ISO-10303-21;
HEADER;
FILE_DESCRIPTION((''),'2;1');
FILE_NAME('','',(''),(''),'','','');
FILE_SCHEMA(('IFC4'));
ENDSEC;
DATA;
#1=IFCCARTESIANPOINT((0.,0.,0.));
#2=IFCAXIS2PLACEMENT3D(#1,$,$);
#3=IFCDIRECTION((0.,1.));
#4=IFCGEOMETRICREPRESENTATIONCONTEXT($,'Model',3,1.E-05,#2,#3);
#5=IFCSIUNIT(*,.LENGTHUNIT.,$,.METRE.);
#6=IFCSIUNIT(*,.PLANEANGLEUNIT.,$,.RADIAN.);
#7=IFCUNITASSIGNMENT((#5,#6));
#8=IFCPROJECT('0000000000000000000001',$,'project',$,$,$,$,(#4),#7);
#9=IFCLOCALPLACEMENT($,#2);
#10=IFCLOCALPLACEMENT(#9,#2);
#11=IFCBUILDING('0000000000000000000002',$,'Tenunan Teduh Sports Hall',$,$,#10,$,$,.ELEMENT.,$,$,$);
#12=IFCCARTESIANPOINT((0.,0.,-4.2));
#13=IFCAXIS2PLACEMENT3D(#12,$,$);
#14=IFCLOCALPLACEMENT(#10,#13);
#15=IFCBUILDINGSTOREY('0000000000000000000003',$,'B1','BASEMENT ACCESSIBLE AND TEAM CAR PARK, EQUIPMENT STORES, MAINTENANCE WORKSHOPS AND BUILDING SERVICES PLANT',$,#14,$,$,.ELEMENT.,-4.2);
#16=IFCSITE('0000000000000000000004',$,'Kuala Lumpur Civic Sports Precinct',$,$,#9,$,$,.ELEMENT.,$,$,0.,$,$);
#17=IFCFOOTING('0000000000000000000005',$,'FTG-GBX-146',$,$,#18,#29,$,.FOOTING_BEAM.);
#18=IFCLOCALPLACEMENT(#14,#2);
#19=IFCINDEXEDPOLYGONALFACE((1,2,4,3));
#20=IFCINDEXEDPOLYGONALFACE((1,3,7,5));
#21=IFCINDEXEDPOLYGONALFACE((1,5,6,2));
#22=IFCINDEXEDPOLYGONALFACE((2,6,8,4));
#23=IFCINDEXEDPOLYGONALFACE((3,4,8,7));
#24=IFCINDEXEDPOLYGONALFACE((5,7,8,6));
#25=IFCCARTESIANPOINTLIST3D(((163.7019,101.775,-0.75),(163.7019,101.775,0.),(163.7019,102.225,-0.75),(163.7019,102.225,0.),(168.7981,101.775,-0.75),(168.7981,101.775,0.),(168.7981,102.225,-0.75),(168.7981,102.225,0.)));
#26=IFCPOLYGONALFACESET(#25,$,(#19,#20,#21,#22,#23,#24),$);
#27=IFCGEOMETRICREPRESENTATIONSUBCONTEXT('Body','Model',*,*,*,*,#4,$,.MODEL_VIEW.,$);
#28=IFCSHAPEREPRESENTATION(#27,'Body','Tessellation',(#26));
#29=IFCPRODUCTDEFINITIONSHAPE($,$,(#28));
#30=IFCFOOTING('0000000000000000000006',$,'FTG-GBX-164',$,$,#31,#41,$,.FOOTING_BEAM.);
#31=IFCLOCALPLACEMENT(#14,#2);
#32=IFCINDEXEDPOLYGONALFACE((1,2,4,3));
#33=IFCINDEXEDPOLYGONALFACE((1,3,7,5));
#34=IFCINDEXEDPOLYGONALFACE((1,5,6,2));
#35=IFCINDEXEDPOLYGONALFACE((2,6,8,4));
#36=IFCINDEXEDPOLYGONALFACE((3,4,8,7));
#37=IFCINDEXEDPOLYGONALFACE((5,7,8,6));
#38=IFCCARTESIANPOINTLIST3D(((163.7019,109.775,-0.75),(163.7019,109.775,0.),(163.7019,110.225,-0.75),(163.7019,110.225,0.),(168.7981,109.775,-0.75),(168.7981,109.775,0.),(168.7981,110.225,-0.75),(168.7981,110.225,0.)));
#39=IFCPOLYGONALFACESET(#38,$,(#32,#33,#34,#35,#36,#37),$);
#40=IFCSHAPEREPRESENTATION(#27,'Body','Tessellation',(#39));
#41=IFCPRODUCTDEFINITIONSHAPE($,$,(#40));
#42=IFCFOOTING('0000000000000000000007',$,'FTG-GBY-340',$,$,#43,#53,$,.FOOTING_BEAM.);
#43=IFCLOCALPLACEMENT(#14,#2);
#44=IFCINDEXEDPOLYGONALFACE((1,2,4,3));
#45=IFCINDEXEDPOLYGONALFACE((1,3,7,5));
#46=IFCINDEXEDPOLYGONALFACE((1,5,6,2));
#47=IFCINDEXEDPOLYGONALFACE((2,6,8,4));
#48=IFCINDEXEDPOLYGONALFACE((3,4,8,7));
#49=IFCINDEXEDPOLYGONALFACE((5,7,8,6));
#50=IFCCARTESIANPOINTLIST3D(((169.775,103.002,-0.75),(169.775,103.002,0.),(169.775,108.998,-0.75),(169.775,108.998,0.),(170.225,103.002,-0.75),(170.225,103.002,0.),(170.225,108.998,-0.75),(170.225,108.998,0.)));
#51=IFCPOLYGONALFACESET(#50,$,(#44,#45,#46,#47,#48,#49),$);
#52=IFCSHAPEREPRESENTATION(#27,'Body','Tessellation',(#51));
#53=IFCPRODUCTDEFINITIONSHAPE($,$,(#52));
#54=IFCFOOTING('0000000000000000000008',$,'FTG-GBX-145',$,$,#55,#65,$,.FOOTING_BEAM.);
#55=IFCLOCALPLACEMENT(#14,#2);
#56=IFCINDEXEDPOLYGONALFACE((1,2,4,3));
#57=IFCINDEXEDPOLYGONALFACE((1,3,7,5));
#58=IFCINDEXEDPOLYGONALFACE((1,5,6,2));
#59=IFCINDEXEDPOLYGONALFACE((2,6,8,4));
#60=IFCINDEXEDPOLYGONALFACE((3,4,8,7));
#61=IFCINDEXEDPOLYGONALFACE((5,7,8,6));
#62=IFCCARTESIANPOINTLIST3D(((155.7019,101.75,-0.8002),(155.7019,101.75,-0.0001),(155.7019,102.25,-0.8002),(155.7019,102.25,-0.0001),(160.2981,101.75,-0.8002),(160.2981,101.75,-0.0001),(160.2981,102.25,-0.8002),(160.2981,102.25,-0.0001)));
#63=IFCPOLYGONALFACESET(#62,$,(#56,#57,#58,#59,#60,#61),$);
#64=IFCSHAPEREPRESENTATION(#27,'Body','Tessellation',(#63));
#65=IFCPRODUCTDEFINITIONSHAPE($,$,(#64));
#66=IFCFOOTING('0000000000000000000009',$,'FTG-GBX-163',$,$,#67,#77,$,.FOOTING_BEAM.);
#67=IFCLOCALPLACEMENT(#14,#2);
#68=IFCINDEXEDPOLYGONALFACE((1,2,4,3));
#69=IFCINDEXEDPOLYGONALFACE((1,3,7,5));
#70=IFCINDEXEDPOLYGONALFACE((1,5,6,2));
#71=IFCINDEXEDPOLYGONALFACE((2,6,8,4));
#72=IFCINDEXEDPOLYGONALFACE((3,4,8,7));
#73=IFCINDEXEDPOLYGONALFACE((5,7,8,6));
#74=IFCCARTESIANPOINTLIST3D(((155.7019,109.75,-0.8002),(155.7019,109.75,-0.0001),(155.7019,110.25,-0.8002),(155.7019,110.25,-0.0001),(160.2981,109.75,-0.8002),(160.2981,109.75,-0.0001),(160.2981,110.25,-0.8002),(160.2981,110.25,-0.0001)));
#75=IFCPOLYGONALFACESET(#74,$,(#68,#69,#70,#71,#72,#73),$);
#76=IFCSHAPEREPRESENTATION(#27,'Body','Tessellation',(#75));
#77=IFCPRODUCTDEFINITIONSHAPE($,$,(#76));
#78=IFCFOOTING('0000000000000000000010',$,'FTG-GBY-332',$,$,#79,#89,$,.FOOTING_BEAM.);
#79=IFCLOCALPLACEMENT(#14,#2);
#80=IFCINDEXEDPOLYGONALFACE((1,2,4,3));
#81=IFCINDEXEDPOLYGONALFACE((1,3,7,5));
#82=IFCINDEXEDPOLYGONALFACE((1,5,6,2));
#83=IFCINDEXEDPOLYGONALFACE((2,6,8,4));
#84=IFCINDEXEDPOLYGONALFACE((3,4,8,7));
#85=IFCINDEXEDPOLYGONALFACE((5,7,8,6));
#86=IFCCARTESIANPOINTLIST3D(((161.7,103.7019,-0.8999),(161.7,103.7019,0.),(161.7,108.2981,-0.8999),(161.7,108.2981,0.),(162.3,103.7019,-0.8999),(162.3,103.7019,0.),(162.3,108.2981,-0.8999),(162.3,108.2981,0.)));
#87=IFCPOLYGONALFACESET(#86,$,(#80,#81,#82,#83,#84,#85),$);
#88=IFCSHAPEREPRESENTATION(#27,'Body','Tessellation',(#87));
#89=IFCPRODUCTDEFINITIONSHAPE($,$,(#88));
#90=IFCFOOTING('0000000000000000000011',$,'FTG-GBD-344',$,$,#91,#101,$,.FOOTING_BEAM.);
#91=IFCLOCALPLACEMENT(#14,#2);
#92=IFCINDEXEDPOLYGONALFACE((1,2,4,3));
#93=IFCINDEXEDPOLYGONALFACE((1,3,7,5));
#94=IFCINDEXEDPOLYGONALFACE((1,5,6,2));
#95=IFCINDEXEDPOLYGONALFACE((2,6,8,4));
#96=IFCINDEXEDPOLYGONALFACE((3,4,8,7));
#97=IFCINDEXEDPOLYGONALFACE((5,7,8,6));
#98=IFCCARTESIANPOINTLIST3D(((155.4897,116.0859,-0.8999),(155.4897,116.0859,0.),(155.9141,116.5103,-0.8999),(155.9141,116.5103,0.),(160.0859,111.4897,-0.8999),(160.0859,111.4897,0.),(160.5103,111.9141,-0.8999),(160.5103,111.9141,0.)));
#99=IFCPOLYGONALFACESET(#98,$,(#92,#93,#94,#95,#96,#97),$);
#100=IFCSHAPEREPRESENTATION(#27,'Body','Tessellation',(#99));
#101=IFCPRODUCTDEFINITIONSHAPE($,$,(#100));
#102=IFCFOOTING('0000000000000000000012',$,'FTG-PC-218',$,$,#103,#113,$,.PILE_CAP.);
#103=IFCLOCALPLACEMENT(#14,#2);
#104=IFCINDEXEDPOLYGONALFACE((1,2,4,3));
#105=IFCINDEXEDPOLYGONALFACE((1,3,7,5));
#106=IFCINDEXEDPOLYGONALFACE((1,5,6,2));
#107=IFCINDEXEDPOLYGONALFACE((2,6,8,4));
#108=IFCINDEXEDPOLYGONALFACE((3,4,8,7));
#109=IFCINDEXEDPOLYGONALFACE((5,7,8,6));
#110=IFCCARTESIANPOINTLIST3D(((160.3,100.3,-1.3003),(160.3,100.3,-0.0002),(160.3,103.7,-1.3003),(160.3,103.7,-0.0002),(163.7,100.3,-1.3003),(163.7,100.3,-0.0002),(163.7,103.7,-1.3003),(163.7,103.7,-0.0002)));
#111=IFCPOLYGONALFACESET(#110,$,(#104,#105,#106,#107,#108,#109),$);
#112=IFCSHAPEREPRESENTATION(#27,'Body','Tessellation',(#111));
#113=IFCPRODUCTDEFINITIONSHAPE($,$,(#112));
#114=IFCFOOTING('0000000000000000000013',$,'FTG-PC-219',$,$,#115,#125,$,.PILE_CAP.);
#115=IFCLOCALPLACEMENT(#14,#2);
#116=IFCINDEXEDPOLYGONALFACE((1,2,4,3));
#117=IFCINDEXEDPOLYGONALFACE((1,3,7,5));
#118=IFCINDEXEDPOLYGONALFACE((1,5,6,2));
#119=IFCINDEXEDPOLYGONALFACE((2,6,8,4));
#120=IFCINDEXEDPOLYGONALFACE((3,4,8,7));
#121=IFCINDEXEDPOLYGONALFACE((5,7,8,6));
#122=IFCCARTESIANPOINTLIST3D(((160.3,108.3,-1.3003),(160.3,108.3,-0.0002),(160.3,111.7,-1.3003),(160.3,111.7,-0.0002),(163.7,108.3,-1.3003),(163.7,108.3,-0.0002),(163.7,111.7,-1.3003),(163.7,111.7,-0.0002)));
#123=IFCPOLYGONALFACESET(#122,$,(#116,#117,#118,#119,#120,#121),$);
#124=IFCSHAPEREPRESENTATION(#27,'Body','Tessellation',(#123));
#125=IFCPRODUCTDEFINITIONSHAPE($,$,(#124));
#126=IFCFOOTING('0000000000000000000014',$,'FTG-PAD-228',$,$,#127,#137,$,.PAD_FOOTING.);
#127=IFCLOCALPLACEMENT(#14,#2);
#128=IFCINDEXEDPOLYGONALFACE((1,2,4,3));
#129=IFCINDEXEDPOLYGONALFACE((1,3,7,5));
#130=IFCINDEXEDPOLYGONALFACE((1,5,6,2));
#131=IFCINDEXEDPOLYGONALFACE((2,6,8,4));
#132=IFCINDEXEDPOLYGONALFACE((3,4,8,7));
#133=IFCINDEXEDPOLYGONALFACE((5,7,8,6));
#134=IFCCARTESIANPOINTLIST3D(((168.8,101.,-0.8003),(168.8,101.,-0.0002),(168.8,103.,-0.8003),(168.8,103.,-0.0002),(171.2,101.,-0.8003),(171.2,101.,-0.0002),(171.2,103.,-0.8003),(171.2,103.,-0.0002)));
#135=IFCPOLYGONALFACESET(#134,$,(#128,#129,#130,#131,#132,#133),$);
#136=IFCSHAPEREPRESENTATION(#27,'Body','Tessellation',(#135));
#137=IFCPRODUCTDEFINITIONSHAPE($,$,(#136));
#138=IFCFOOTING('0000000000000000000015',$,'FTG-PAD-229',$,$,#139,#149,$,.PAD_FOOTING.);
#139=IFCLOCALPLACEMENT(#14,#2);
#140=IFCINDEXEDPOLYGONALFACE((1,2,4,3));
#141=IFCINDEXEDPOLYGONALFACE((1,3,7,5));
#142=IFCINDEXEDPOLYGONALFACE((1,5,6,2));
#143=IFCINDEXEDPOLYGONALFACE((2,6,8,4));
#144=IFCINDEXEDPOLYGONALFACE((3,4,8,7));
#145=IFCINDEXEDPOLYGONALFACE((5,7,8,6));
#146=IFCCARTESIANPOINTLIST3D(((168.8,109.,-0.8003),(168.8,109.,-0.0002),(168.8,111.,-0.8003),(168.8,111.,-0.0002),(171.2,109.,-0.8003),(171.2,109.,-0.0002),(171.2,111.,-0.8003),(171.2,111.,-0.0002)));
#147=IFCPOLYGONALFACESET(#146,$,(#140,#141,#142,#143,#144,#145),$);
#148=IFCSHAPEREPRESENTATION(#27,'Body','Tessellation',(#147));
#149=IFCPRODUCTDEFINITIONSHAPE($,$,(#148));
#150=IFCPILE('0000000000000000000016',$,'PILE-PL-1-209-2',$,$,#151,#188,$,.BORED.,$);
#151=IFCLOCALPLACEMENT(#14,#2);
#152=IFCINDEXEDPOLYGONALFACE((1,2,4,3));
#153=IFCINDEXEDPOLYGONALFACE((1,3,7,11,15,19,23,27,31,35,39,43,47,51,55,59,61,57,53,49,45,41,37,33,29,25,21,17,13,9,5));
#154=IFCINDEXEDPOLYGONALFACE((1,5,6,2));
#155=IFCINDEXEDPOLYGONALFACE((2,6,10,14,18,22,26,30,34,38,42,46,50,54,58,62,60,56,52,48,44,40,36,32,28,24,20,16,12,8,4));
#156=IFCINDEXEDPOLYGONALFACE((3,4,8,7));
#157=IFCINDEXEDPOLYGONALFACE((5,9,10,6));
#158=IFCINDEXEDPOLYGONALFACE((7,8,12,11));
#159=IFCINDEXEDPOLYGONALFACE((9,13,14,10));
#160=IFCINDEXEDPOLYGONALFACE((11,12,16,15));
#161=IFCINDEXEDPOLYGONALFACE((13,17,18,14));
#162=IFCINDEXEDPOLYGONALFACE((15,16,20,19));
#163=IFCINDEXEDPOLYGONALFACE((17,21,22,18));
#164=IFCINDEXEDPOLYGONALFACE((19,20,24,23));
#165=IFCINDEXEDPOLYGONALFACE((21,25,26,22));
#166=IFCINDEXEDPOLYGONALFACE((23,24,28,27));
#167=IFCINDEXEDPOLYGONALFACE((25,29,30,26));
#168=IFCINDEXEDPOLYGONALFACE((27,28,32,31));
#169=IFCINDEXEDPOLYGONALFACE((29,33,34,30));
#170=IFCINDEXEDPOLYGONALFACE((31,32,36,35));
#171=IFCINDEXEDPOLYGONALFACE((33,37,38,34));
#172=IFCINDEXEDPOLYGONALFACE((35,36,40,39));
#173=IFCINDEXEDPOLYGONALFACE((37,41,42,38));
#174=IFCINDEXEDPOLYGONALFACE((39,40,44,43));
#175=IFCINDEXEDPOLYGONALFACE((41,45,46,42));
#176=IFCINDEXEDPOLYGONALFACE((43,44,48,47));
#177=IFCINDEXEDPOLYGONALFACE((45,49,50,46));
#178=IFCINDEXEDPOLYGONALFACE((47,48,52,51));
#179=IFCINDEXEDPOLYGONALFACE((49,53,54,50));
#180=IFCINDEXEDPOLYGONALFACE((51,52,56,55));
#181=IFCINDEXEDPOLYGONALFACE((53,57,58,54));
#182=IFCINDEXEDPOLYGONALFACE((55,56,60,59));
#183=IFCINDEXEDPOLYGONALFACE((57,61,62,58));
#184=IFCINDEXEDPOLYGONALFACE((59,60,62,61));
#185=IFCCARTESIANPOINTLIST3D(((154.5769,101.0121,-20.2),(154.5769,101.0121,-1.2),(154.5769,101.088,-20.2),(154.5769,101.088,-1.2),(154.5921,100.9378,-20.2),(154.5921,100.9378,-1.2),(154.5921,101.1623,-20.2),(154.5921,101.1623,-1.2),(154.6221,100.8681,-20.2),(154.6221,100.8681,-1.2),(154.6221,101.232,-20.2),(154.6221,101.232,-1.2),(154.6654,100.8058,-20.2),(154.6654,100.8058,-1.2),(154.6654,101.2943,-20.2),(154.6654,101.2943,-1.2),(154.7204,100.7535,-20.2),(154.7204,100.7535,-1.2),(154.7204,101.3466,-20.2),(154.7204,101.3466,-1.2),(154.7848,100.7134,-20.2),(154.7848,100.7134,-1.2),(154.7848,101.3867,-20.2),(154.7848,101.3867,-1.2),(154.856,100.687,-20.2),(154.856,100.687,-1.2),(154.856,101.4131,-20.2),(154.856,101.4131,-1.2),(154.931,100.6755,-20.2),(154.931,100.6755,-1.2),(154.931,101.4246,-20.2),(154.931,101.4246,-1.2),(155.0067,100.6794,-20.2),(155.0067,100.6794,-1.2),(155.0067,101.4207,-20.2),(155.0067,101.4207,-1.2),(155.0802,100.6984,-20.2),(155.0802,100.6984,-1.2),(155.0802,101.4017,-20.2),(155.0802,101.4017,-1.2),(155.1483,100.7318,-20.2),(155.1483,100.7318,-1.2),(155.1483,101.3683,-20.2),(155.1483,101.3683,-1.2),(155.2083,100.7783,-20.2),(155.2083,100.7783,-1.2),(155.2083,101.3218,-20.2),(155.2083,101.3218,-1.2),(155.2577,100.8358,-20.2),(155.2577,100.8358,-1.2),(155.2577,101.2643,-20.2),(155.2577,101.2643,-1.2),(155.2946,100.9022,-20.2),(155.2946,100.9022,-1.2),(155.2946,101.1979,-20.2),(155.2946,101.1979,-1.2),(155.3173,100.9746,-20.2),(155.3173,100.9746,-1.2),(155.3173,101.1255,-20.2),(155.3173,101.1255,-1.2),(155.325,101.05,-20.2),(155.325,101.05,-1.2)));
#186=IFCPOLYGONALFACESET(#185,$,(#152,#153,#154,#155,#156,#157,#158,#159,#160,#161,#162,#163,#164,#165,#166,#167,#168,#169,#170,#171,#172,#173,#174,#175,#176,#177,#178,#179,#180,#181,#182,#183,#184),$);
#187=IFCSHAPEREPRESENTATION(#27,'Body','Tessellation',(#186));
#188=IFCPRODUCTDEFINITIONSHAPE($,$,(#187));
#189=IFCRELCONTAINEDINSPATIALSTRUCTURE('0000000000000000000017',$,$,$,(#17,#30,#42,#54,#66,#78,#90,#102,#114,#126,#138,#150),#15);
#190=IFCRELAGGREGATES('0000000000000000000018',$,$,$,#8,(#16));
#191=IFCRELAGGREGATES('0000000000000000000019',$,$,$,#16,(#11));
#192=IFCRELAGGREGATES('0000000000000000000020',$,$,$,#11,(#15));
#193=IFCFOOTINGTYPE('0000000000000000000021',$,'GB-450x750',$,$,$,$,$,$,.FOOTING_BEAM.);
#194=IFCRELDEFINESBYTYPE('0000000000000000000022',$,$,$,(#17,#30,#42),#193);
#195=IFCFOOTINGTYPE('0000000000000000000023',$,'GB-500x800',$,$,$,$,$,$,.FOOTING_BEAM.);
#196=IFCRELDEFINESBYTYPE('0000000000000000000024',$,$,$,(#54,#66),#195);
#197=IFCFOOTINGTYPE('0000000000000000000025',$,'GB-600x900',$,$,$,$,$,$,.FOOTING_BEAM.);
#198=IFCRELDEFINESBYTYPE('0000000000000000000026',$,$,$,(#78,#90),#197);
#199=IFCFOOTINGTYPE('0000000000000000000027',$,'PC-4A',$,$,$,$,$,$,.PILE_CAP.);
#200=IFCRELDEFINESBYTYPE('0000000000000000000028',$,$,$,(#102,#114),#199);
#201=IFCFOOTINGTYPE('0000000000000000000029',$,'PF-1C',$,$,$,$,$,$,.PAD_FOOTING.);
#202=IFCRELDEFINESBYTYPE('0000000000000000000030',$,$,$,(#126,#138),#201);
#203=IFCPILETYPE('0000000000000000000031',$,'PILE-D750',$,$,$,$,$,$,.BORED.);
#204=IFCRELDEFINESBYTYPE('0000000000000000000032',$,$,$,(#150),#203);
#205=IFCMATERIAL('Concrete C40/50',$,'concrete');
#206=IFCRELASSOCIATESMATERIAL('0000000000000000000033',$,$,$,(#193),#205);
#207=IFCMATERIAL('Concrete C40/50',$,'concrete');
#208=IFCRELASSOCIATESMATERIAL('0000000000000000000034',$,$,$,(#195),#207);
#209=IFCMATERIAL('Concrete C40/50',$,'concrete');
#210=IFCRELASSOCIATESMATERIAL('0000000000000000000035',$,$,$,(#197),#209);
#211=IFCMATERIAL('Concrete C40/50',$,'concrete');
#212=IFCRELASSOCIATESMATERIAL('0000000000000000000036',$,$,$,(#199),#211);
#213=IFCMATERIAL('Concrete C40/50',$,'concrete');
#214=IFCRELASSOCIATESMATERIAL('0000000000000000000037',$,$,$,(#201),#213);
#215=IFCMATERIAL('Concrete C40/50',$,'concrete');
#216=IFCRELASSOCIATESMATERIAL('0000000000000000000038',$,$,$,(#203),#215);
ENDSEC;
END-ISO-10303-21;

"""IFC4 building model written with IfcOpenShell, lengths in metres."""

from ifc_helpers import new_model, si_unit, direction, frame, origin, origin_2d, place, context, subcontext, project, spatial, rectangle, circle, extrude, material, material_profile, profile_set, type_object, element, save


model = new_model("IFC4")

# Units and contexts
model_context = context("Model", 3, precision=1e-05, world=origin(), true_north=direction((0.0, 1.0)))
body_context = subcontext(model_context, "Body", "Model", "MODEL_VIEW")
ifc_project = project(units=[si_unit("LENGTHUNIT", "METRE"), si_unit("PLANEANGLEUNIT", "RADIAN")], contexts=[model_context])

# Site, building, storey
site_placement = place(None, origin())
site = spatial("IfcSite", under=ifc_project, at=site_placement, Name="Kuala Lumpur Civic Sports Precinct", CompositionType="ELEMENT", RefElevation=0.0)
building_placement = place(site_placement, origin())
building = spatial("IfcBuilding", under=site, at=building_placement, Name="Tenunan Teduh Sports Hall", CompositionType="ELEMENT")
storey_placement = place(building_placement, frame((0.0, 0.0, -4.2)))
storey = spatial("IfcBuildingStorey", under=building, at=storey_placement, Name="B1", Description="BASEMENT ACCESSIBLE AND TEAM CAR PARK, EQUIPMENT STORES, MAINTENANCE WORKSHOPS AND BUILDING SERVICES PLANT", CompositionType="ELEMENT", Elevation=-4.2)

# Footings
ifc_material_1 = material(Name="Concrete C40/50", Category="concrete")
ifc_material_profile_1 = material_profile(ifc_material_1, rectangle(XDim=0.45, YDim=0.75, at=origin_2d()), Name="RCB 450x750")
ifc_profile_set_1 = profile_set([ifc_material_profile_1], Name="Concrete C40/50")
footing_type_1 = type_object("IfcFootingType", Name="GB-450x750", PredefinedType="FOOTING_BEAM", material=ifc_profile_set_1)
for number, where, z_axis, x_axis, name in (
    (1, (163.7019, 102.0, -0.375), (1.0, 0.0, 0.0), (0.0, 1.0, 0.0), "FTG-GBX-146"),
    (2, (163.7019, 110.0, -0.375), (1.0, 0.0, 0.0), (0.0, 1.0, 0.0), "FTG-GBX-164"),
):
    element("IfcFooting", number, at=place(storey_placement, frame(where, z_axis=z_axis, x_axis=x_axis)), inside=storey, type_object=footing_type_1, Name=name, PredefinedType="FOOTING_BEAM", context=body_context, shape_type="SweptSolid", body=[
        extrude(rectangle(XDim=0.45, YDim=0.75, at=origin_2d()), origin(), (0.0, 0.0, 1.0), 5.0962),
    ])
footing_1_placement = place(storey_placement, frame((170.0, 103.002, -0.375), z_axis=(0.0, 1.0, 0.0), x_axis=(-1.0, 0.0, 0.0)))
element("IfcFooting", 3, at=footing_1_placement, inside=storey, type_object=footing_type_1, Name="FTG-GBY-340", PredefinedType="FOOTING_BEAM", context=body_context, shape_type="SweptSolid", body=[
    extrude(rectangle(XDim=0.45, YDim=0.75, at=origin_2d()), origin(), (0.0, 0.0, 1.0), 5.9961),
])
ifc_material_2 = material(Name="Concrete C40/50", Category="concrete")
ifc_material_profile_2 = material_profile(ifc_material_2, rectangle(XDim=0.5, YDim=0.8, at=origin_2d()), Name="RCB 500x800")
ifc_profile_set_2 = profile_set([ifc_material_profile_2], Name="Concrete C40/50")
footing_type_2 = type_object("IfcFootingType", Name="GB-500x800", PredefinedType="FOOTING_BEAM", material=ifc_profile_set_2)
for number, where, z_axis, x_axis, name in (
    (4, (155.7019, 102.0, -0.4001), (1.0, 0.0, 0.0), (0.0, 1.0, 0.0), "FTG-GBX-145"),
    (5, (155.7019, 110.0, -0.4001), (1.0, 0.0, 0.0), (0.0, 1.0, 0.0), "FTG-GBX-163"),
):
    element("IfcFooting", number, at=place(storey_placement, frame(where, z_axis=z_axis, x_axis=x_axis)), inside=storey, type_object=footing_type_2, Name=name, PredefinedType="FOOTING_BEAM", context=body_context, shape_type="SweptSolid", body=[
        extrude(rectangle(XDim=0.5, YDim=0.8, at=origin_2d()), origin(), (0.0, 0.0, 1.0), 4.5962),
    ])
ifc_material_3 = material(Name="Concrete C40/50", Category="concrete")
ifc_material_profile_3 = material_profile(ifc_material_3, rectangle(XDim=0.6001, YDim=0.8999, at=origin_2d()), Name="RCB 600x900")
ifc_profile_set_3 = profile_set([ifc_material_profile_3], Name="Concrete C40/50")
footing_type_3 = type_object("IfcFootingType", Name="GB-600x900", PredefinedType="FOOTING_BEAM", material=ifc_profile_set_3)
footing_2_placement = place(storey_placement, frame((162.0, 103.7019, -0.45), z_axis=(0.0, 1.0, 0.0), x_axis=(-1.0, 0.0, 0.0)))
element("IfcFooting", 6, at=footing_2_placement, inside=storey, type_object=footing_type_3, Name="FTG-GBY-332", PredefinedType="FOOTING_BEAM", context=body_context, shape_type="SweptSolid", body=[
    extrude(rectangle(XDim=0.6001, YDim=0.8999, at=origin_2d()), origin(), (0.0, 0.0, 1.0), 4.5962),
])
footing_3_placement = place(storey_placement, frame((155.7019, 116.2981, -0.45), z_axis=(0.707107, -0.707107, 0.0), x_axis=(0.707107, 0.707107, 0.0)))
element("IfcFooting", 7, at=footing_3_placement, inside=storey, type_object=footing_type_3, Name="FTG-GBD-344", PredefinedType="FOOTING_BEAM", context=body_context, shape_type="SweptSolid", body=[
    extrude(rectangle(XDim=0.6001, YDim=0.8999, at=origin_2d()), origin(), (0.0, 0.0, 1.0), 6.5),
])
ifc_material_4 = material(Name="Concrete C40/50", Category="concrete")
footing_type_4 = type_object("IfcFootingType", Name="PC-4A", PredefinedType="PILE_CAP", material=ifc_material_4)
for number, where, z_axis, x_axis, name in (
    (8, (162.0, 102.0, -1.3003), (0.0, 0.0, 1.0), (1.0, 0.0, 0.0), "FTG-PC-218"),
    (9, (162.0, 110.0, -1.3003), (0.0, 0.0, 1.0), (1.0, 0.0, 0.0), "FTG-PC-219"),
):
    element("IfcFooting", number, at=place(storey_placement, frame(where, z_axis=z_axis, x_axis=x_axis)), inside=storey, type_object=footing_type_4, Name=name, PredefinedType="PILE_CAP", context=body_context, shape_type="SweptSolid", body=[
        extrude(rectangle(XDim=3.3999, YDim=3.3999, at=origin_2d()), origin(), (0.0, 0.0, 1.0), 1.3),
    ])
ifc_material_5 = material(Name="Concrete C40/50", Category="concrete")
footing_type_5 = type_object("IfcFootingType", Name="PF-1C", PredefinedType="PAD_FOOTING", material=ifc_material_5)
for number, where, z_axis, x_axis, name in (
    (10, (170.0, 102.0, -0.8003), (0.0, 0.0, 1.0), (1.0, 0.0, 0.0), "FTG-PAD-228"),
    (11, (170.0, 110.0, -0.8003), (0.0, 0.0, 1.0), (1.0, 0.0, 0.0), "FTG-PAD-229"),
):
    element("IfcFooting", number, at=place(storey_placement, frame(where, z_axis=z_axis, x_axis=x_axis)), inside=storey, type_object=footing_type_5, Name=name, PredefinedType="PAD_FOOTING", context=body_context, shape_type="SweptSolid", body=[
        extrude(rectangle(XDim=2.3999, YDim=2.0, at=origin_2d()), origin(), (0.0, 0.0, 1.0), 0.8),
    ])

# Pile
ifc_material_6 = material(Name="Concrete C40/50", Category="concrete")
ifc_material_profile_4 = material_profile(ifc_material_6, circle(Radius=0.375, at=origin_2d()), Name="PILE D750")
ifc_profile_set_4 = profile_set([ifc_material_profile_4], Name="Concrete C40/50")
pile_type = type_object("IfcPileType", Name="PILE-D750", PredefinedType="BORED", material=ifc_profile_set_4)
for number, where, z_axis, x_axis, name in (
    (12, (154.95, 101.05, -1.2), (0.0, 0.0, -1.0), (1.0, 0.0, 0.0), "PILE-PL-1-209-2"),
):
    element("IfcPile", number, at=place(storey_placement, frame(where, z_axis=z_axis, x_axis=x_axis)), inside=storey, type_object=pile_type, Name=name, PredefinedType="BORED", context=body_context, shape_type="SweptSolid", body=[
        extrude(circle(Radius=0.375, at=origin_2d()), origin(), (0.0, 0.0, 1.0), 19.0),
    ])

save(model, "model.ifc")
